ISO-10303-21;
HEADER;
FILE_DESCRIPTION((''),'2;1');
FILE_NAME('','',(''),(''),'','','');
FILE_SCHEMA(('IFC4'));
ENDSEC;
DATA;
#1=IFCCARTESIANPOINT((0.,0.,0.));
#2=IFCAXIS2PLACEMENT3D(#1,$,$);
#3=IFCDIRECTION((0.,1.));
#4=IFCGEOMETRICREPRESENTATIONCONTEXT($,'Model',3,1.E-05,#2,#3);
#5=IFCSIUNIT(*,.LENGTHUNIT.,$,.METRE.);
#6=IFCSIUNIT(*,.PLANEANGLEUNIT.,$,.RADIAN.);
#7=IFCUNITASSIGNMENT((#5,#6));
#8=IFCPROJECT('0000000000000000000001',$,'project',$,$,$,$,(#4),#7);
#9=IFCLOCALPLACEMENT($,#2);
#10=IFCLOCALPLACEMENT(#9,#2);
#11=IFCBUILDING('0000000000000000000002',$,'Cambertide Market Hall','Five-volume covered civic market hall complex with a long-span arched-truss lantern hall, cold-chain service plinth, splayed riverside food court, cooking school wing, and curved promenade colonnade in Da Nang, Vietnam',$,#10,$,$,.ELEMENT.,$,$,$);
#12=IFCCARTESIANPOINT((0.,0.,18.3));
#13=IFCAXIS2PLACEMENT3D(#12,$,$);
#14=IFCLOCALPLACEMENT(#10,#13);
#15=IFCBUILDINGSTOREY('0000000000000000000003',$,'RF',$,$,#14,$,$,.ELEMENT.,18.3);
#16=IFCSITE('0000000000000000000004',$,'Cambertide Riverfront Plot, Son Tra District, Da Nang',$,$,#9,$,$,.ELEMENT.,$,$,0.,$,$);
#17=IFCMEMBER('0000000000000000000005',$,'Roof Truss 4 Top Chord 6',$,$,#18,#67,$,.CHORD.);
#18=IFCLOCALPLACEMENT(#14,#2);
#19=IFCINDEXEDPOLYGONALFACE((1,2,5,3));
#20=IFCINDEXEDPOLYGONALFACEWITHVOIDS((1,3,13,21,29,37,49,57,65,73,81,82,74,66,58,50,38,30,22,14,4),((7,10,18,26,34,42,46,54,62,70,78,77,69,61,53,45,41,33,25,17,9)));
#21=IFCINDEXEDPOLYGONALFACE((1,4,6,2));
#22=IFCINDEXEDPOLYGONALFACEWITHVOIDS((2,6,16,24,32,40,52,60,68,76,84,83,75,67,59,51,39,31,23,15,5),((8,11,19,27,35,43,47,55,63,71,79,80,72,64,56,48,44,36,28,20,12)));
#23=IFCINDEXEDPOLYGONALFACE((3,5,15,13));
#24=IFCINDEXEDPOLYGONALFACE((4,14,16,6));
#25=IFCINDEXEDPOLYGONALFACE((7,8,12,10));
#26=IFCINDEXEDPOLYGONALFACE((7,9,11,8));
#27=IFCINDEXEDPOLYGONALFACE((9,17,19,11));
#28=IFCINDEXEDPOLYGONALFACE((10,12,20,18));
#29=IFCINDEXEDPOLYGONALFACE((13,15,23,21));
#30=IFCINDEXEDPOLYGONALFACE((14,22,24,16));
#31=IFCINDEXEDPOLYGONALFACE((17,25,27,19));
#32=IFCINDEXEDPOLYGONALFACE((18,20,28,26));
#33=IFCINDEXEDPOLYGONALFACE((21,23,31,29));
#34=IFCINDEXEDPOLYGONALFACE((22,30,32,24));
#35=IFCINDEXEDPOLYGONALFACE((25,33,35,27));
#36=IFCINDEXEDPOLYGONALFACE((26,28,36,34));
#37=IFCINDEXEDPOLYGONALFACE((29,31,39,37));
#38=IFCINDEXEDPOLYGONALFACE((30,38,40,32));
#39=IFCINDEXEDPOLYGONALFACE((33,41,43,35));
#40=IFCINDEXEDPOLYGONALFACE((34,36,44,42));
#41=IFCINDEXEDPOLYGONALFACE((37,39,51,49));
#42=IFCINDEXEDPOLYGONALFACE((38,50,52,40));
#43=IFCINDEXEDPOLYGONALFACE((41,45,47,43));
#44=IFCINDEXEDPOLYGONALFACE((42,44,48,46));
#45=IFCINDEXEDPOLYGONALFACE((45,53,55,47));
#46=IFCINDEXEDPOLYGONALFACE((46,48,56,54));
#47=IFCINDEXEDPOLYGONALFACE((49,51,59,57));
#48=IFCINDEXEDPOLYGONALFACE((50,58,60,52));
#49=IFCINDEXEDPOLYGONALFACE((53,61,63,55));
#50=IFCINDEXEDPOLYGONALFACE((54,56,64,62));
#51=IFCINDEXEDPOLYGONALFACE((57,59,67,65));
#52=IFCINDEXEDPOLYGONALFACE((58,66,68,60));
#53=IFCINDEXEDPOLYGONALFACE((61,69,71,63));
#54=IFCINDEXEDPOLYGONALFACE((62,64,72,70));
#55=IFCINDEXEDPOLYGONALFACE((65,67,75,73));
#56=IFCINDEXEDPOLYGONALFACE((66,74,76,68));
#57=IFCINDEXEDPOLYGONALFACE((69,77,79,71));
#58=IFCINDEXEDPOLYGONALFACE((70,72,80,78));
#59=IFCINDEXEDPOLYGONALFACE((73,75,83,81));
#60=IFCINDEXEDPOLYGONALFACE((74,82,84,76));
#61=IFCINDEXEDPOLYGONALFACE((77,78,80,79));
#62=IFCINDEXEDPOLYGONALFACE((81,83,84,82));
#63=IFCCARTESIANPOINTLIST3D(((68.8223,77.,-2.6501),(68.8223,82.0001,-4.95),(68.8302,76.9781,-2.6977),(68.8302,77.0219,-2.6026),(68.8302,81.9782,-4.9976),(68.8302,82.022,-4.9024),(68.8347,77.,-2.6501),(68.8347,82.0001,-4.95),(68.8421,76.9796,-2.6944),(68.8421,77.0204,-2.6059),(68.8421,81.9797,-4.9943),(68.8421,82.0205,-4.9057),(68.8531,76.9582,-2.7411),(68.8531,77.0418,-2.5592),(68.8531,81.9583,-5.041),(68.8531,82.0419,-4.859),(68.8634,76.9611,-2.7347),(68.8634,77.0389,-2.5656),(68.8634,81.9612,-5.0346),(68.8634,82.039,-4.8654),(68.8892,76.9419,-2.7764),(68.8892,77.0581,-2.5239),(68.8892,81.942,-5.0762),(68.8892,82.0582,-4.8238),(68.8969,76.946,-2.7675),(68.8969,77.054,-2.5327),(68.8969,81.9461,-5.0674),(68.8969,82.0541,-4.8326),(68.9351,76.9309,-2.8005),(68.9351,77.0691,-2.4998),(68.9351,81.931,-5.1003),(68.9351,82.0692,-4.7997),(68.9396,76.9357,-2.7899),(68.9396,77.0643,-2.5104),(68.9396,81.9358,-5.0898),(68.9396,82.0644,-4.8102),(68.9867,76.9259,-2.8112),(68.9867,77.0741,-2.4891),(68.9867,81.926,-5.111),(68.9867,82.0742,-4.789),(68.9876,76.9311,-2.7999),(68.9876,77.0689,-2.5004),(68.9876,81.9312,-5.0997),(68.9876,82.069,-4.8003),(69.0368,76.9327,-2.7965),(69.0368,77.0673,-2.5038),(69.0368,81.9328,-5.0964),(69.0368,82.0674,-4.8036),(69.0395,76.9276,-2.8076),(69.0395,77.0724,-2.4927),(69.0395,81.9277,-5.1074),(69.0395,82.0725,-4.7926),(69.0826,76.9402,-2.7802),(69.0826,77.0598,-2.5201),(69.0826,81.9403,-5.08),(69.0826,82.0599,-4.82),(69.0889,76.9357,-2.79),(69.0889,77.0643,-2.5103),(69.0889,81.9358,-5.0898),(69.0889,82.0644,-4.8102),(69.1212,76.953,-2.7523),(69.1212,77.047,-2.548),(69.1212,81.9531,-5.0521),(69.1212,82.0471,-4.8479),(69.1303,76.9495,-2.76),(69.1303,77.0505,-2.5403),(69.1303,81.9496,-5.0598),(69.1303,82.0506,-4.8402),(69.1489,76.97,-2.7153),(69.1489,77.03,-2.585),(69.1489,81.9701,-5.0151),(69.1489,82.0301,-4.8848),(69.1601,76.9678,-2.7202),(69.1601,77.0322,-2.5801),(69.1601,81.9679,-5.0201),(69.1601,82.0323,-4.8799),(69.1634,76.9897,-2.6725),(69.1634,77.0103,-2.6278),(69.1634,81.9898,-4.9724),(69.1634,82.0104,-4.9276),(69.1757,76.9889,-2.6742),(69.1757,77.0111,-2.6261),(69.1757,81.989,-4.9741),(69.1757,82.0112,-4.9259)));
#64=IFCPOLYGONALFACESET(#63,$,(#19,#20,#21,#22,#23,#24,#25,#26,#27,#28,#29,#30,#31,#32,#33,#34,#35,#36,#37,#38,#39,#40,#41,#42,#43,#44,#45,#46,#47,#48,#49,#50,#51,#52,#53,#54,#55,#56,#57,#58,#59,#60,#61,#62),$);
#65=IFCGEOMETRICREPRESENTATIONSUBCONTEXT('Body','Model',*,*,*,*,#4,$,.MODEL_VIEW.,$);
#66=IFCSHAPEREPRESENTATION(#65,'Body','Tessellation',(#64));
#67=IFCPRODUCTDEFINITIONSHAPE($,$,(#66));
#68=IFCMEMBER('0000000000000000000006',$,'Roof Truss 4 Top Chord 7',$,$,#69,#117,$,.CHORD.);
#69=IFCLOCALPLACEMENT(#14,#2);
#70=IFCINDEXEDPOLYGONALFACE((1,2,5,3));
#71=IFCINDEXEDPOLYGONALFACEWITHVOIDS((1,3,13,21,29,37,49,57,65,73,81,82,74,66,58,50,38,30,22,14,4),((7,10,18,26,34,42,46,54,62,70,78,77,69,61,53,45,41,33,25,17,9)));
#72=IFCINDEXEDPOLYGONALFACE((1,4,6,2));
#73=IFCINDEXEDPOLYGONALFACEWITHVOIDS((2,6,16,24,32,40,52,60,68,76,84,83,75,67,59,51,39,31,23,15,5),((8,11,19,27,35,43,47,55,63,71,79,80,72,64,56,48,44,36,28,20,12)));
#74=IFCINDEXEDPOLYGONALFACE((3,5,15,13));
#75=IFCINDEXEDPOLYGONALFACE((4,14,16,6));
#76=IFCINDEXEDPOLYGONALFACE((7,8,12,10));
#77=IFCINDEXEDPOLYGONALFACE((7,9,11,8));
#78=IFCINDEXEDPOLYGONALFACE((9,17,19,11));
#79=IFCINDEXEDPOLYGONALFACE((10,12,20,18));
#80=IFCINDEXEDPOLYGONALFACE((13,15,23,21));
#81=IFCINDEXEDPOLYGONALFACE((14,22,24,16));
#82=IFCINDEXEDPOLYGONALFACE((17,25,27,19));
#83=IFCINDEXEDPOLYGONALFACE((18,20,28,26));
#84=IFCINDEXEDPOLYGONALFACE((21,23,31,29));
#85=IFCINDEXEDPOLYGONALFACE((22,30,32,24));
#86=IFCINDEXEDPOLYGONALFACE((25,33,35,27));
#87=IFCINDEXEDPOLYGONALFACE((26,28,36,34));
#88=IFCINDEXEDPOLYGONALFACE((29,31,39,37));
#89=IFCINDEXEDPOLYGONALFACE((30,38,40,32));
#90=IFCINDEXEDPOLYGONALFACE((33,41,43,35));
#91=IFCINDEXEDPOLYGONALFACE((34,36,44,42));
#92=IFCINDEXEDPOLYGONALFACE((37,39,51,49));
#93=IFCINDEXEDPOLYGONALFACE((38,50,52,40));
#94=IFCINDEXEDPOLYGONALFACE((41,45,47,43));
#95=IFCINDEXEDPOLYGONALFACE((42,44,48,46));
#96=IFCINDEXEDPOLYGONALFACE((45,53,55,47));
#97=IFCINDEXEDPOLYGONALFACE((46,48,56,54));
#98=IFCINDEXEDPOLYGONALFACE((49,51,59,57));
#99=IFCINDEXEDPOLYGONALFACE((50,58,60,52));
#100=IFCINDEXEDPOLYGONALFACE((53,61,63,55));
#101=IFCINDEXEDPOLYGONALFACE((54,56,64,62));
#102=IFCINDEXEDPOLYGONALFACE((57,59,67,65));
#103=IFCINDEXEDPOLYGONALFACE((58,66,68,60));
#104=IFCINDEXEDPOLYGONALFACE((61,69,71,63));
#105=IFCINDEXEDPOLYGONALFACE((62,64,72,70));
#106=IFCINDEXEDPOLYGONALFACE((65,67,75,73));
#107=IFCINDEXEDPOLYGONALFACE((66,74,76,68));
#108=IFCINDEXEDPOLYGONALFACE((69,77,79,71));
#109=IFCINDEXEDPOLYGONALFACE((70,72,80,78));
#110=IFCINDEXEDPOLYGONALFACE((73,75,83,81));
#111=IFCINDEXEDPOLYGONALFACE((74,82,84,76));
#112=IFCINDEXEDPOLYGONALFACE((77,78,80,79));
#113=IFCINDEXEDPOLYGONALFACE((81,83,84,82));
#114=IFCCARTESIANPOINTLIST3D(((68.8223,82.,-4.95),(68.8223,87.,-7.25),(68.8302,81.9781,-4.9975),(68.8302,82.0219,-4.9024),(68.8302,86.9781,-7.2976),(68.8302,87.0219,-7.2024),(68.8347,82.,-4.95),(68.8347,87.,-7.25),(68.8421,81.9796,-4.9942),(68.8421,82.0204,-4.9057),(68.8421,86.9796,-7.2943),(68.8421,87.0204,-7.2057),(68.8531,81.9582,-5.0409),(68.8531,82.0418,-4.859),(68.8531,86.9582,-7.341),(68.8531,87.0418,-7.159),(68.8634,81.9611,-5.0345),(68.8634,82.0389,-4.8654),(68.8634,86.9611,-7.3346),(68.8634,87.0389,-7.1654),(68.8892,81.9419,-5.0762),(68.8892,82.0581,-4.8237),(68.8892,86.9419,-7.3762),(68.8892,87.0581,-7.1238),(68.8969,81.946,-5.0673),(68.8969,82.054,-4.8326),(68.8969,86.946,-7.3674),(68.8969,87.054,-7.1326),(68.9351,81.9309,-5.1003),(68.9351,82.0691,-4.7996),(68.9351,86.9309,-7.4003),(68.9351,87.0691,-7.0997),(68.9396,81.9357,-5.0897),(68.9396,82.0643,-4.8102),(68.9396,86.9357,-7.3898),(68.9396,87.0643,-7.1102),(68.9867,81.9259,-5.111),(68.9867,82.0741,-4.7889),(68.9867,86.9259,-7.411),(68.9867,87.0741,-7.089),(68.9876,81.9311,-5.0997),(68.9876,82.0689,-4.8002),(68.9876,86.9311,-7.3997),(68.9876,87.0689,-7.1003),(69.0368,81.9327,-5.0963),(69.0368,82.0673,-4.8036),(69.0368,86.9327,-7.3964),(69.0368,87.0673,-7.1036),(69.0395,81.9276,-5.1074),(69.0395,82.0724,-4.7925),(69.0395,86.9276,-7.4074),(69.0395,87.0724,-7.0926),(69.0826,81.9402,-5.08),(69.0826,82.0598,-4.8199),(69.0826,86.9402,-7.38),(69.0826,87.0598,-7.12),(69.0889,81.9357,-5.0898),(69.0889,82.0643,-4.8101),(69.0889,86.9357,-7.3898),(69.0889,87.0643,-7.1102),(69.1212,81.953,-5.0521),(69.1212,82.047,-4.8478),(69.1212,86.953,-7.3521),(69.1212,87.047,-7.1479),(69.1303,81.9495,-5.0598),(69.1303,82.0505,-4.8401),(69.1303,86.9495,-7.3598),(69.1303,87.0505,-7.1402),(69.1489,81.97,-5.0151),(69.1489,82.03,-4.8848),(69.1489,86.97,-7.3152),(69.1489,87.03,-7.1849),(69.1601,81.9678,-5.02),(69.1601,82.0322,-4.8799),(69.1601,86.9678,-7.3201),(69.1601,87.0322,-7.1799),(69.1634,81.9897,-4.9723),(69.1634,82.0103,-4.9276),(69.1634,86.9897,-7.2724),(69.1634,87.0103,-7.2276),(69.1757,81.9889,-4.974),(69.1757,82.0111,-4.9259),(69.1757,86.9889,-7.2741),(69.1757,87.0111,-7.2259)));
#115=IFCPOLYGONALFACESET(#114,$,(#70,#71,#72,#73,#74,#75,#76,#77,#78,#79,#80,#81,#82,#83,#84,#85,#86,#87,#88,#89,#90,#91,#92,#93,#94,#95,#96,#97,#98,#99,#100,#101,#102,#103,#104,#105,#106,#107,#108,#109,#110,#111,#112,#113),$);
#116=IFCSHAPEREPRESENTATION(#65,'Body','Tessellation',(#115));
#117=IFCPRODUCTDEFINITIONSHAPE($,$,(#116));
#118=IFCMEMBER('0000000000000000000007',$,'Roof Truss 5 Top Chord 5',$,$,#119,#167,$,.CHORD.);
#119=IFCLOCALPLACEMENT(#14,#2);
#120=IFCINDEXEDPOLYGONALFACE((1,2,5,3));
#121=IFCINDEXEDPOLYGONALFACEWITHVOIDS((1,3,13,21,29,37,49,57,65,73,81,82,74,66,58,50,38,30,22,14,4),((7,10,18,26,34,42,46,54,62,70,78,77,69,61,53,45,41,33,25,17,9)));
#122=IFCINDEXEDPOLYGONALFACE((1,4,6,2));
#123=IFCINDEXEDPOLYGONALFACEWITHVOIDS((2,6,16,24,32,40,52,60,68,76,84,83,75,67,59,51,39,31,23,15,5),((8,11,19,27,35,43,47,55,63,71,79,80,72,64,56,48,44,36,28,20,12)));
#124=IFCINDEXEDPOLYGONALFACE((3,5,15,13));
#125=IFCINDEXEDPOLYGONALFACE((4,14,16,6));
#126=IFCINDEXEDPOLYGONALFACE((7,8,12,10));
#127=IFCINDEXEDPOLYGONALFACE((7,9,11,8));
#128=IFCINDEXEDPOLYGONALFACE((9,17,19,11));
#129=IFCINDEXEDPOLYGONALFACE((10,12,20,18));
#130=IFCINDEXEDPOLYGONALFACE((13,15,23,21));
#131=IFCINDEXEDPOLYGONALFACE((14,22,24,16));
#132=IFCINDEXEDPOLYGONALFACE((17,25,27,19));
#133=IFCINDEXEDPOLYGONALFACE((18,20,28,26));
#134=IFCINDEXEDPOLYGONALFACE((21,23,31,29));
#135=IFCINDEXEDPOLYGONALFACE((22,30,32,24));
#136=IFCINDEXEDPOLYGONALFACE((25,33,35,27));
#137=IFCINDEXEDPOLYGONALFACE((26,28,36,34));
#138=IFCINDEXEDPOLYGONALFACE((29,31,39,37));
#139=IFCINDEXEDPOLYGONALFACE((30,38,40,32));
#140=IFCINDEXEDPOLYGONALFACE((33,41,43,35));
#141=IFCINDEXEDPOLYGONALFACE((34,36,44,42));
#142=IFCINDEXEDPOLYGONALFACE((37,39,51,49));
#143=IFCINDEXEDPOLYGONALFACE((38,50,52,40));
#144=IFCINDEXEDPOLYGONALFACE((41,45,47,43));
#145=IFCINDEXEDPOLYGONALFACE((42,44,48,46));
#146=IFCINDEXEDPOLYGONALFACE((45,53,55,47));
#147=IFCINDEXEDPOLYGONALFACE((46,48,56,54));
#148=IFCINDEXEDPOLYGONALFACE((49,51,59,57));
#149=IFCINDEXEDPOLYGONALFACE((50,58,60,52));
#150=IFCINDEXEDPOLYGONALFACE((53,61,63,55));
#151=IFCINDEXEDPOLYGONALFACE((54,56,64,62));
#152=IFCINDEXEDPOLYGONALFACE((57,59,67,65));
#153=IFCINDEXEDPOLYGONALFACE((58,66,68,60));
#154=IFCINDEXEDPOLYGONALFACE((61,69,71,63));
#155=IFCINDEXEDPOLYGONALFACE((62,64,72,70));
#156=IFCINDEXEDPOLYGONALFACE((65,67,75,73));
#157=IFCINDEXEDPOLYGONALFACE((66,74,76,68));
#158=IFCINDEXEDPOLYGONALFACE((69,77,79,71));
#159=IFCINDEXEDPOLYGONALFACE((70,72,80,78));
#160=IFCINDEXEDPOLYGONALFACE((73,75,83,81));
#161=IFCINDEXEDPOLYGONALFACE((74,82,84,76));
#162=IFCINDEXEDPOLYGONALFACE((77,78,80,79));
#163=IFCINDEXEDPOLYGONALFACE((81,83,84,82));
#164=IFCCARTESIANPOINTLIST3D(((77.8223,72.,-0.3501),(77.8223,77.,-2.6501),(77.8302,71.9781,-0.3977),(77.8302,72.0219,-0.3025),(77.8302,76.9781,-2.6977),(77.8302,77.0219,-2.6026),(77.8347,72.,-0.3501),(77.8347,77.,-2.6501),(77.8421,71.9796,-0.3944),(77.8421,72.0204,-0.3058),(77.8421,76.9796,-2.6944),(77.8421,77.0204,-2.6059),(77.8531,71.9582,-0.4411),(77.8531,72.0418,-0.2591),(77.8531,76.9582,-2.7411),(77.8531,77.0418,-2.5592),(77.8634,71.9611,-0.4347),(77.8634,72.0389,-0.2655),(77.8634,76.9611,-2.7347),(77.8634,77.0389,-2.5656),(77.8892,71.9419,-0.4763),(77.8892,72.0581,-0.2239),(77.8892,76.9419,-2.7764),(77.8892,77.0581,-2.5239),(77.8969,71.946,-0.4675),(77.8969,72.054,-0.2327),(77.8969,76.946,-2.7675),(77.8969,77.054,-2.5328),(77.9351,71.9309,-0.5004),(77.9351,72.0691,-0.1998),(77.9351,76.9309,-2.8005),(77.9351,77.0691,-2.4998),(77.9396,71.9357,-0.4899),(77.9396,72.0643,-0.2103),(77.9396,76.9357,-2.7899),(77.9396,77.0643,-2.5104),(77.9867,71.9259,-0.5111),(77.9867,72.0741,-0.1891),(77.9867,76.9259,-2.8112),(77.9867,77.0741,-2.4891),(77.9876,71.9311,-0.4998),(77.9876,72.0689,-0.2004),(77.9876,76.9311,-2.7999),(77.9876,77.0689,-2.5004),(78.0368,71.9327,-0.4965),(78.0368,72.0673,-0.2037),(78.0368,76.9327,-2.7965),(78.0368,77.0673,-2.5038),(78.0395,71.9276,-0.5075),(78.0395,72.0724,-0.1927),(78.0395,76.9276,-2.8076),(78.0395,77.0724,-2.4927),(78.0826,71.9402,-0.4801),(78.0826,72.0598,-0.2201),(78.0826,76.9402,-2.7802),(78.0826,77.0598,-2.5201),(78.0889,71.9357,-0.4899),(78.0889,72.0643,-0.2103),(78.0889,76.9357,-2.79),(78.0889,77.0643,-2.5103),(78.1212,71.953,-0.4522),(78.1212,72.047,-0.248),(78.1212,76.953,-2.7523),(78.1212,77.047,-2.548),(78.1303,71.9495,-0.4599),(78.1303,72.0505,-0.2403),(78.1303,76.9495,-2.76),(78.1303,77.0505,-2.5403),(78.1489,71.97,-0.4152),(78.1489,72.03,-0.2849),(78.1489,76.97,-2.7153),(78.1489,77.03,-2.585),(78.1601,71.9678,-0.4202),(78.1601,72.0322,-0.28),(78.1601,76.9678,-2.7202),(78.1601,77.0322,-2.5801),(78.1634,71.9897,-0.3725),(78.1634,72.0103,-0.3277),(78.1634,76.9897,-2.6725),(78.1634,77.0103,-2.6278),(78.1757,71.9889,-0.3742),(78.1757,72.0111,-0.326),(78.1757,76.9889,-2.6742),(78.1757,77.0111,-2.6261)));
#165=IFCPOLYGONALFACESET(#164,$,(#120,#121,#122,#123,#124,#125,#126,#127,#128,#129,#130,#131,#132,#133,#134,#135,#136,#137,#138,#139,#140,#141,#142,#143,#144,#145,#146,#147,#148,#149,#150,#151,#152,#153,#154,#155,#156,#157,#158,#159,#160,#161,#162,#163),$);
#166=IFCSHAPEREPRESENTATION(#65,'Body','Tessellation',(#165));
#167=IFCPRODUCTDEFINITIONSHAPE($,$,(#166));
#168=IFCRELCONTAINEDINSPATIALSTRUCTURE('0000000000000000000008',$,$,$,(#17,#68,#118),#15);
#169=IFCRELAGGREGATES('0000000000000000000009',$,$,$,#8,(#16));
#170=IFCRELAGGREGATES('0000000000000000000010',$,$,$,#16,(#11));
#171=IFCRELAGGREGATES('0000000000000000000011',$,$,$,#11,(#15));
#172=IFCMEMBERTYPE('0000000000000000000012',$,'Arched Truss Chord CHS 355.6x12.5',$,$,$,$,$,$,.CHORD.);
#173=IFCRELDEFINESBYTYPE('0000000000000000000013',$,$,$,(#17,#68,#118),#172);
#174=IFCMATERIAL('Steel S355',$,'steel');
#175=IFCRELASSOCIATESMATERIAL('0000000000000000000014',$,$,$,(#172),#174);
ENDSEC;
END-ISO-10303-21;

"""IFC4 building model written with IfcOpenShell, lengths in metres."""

from ifc_helpers import new_model, si_unit, direction, frame, origin, origin_2d, place, context, subcontext, project, spatial, hollow_circle, extrude, material, material_profile, profile_set, type_object, element, save


model = new_model("IFC4")

# Units and contexts
model_context = context("Model", 3, precision=1e-05, world=origin(), true_north=direction((0.0, 1.0)))
body_context = subcontext(model_context, "Body", "Model", "MODEL_VIEW")
ifc_project = project(units=[si_unit("LENGTHUNIT", "METRE"), si_unit("PLANEANGLEUNIT", "RADIAN")], contexts=[model_context])

# Site, building, storey
site_placement = place(None, origin())
site = spatial("IfcSite", under=ifc_project, at=site_placement, Name="Cambertide Riverfront Plot, Son Tra District, Da Nang", CompositionType="ELEMENT", RefElevation=0.0)
building_placement = place(site_placement, origin())
building = spatial("IfcBuilding", under=site, at=building_placement, Name="Cambertide Market Hall", Description="Five-volume covered civic market hall complex with a long-span arched-truss lantern hall, cold-chain service plinth, splayed riverside food court, cooking school wing, and curved promenade colonnade in Da Nang, Vietnam", CompositionType="ELEMENT")
storey_placement = place(building_placement, frame((0.0, 0.0, 18.3)))
storey = spatial("IfcBuildingStorey", under=building, at=storey_placement, Name="RF", CompositionType="ELEMENT", Elevation=18.3)

# Members
ifc_material_1 = material(Name="Steel S355", Category="steel")
ifc_material_profile_1 = material_profile(ifc_material_1, hollow_circle(Radius=0.1777, WallThickness=0.0125, at=origin_2d()), Name="CHS 355.6x12.5")
ifc_profile_set_1 = profile_set([ifc_material_profile_1], Name="Steel S355")
member_type_1 = type_object("IfcMemberType", Name="Arched Truss Chord CHS 355.6x12.5", PredefinedType="CHORD", material=ifc_profile_set_1)
for number, where, z_axis, x_axis, name in (
    (1, (69.0, 77.0, -2.6501), (0.0, 0.908504, -0.417876), (-1.0, 0.0, 0.0), "Roof Truss 4 Top Chord 6"),
    (2, (69.0, 82.0, -4.95), (0.0, 0.908487, -0.417913), (-1.0, 0.0, 0.0), "Roof Truss 4 Top Chord 7"),
    (3, (78.0, 72.0, -0.3501), (0.0, 0.908487, -0.417913), (-1.0, 0.0, 0.0), "Roof Truss 5 Top Chord 5"),
):
    element("IfcMember", number, at=place(storey_placement, frame(where, z_axis=z_axis, x_axis=x_axis)), inside=storey, type_object=member_type_1, Name=name, PredefinedType="CHORD", context=body_context, shape_type="SweptSolid", body=[
        extrude(hollow_circle(Radius=0.1777, WallThickness=0.0125, at=origin_2d()), origin(), (0.0, 0.0, 1.0), 5.5037),
    ])

save(model, "model.ifc")
